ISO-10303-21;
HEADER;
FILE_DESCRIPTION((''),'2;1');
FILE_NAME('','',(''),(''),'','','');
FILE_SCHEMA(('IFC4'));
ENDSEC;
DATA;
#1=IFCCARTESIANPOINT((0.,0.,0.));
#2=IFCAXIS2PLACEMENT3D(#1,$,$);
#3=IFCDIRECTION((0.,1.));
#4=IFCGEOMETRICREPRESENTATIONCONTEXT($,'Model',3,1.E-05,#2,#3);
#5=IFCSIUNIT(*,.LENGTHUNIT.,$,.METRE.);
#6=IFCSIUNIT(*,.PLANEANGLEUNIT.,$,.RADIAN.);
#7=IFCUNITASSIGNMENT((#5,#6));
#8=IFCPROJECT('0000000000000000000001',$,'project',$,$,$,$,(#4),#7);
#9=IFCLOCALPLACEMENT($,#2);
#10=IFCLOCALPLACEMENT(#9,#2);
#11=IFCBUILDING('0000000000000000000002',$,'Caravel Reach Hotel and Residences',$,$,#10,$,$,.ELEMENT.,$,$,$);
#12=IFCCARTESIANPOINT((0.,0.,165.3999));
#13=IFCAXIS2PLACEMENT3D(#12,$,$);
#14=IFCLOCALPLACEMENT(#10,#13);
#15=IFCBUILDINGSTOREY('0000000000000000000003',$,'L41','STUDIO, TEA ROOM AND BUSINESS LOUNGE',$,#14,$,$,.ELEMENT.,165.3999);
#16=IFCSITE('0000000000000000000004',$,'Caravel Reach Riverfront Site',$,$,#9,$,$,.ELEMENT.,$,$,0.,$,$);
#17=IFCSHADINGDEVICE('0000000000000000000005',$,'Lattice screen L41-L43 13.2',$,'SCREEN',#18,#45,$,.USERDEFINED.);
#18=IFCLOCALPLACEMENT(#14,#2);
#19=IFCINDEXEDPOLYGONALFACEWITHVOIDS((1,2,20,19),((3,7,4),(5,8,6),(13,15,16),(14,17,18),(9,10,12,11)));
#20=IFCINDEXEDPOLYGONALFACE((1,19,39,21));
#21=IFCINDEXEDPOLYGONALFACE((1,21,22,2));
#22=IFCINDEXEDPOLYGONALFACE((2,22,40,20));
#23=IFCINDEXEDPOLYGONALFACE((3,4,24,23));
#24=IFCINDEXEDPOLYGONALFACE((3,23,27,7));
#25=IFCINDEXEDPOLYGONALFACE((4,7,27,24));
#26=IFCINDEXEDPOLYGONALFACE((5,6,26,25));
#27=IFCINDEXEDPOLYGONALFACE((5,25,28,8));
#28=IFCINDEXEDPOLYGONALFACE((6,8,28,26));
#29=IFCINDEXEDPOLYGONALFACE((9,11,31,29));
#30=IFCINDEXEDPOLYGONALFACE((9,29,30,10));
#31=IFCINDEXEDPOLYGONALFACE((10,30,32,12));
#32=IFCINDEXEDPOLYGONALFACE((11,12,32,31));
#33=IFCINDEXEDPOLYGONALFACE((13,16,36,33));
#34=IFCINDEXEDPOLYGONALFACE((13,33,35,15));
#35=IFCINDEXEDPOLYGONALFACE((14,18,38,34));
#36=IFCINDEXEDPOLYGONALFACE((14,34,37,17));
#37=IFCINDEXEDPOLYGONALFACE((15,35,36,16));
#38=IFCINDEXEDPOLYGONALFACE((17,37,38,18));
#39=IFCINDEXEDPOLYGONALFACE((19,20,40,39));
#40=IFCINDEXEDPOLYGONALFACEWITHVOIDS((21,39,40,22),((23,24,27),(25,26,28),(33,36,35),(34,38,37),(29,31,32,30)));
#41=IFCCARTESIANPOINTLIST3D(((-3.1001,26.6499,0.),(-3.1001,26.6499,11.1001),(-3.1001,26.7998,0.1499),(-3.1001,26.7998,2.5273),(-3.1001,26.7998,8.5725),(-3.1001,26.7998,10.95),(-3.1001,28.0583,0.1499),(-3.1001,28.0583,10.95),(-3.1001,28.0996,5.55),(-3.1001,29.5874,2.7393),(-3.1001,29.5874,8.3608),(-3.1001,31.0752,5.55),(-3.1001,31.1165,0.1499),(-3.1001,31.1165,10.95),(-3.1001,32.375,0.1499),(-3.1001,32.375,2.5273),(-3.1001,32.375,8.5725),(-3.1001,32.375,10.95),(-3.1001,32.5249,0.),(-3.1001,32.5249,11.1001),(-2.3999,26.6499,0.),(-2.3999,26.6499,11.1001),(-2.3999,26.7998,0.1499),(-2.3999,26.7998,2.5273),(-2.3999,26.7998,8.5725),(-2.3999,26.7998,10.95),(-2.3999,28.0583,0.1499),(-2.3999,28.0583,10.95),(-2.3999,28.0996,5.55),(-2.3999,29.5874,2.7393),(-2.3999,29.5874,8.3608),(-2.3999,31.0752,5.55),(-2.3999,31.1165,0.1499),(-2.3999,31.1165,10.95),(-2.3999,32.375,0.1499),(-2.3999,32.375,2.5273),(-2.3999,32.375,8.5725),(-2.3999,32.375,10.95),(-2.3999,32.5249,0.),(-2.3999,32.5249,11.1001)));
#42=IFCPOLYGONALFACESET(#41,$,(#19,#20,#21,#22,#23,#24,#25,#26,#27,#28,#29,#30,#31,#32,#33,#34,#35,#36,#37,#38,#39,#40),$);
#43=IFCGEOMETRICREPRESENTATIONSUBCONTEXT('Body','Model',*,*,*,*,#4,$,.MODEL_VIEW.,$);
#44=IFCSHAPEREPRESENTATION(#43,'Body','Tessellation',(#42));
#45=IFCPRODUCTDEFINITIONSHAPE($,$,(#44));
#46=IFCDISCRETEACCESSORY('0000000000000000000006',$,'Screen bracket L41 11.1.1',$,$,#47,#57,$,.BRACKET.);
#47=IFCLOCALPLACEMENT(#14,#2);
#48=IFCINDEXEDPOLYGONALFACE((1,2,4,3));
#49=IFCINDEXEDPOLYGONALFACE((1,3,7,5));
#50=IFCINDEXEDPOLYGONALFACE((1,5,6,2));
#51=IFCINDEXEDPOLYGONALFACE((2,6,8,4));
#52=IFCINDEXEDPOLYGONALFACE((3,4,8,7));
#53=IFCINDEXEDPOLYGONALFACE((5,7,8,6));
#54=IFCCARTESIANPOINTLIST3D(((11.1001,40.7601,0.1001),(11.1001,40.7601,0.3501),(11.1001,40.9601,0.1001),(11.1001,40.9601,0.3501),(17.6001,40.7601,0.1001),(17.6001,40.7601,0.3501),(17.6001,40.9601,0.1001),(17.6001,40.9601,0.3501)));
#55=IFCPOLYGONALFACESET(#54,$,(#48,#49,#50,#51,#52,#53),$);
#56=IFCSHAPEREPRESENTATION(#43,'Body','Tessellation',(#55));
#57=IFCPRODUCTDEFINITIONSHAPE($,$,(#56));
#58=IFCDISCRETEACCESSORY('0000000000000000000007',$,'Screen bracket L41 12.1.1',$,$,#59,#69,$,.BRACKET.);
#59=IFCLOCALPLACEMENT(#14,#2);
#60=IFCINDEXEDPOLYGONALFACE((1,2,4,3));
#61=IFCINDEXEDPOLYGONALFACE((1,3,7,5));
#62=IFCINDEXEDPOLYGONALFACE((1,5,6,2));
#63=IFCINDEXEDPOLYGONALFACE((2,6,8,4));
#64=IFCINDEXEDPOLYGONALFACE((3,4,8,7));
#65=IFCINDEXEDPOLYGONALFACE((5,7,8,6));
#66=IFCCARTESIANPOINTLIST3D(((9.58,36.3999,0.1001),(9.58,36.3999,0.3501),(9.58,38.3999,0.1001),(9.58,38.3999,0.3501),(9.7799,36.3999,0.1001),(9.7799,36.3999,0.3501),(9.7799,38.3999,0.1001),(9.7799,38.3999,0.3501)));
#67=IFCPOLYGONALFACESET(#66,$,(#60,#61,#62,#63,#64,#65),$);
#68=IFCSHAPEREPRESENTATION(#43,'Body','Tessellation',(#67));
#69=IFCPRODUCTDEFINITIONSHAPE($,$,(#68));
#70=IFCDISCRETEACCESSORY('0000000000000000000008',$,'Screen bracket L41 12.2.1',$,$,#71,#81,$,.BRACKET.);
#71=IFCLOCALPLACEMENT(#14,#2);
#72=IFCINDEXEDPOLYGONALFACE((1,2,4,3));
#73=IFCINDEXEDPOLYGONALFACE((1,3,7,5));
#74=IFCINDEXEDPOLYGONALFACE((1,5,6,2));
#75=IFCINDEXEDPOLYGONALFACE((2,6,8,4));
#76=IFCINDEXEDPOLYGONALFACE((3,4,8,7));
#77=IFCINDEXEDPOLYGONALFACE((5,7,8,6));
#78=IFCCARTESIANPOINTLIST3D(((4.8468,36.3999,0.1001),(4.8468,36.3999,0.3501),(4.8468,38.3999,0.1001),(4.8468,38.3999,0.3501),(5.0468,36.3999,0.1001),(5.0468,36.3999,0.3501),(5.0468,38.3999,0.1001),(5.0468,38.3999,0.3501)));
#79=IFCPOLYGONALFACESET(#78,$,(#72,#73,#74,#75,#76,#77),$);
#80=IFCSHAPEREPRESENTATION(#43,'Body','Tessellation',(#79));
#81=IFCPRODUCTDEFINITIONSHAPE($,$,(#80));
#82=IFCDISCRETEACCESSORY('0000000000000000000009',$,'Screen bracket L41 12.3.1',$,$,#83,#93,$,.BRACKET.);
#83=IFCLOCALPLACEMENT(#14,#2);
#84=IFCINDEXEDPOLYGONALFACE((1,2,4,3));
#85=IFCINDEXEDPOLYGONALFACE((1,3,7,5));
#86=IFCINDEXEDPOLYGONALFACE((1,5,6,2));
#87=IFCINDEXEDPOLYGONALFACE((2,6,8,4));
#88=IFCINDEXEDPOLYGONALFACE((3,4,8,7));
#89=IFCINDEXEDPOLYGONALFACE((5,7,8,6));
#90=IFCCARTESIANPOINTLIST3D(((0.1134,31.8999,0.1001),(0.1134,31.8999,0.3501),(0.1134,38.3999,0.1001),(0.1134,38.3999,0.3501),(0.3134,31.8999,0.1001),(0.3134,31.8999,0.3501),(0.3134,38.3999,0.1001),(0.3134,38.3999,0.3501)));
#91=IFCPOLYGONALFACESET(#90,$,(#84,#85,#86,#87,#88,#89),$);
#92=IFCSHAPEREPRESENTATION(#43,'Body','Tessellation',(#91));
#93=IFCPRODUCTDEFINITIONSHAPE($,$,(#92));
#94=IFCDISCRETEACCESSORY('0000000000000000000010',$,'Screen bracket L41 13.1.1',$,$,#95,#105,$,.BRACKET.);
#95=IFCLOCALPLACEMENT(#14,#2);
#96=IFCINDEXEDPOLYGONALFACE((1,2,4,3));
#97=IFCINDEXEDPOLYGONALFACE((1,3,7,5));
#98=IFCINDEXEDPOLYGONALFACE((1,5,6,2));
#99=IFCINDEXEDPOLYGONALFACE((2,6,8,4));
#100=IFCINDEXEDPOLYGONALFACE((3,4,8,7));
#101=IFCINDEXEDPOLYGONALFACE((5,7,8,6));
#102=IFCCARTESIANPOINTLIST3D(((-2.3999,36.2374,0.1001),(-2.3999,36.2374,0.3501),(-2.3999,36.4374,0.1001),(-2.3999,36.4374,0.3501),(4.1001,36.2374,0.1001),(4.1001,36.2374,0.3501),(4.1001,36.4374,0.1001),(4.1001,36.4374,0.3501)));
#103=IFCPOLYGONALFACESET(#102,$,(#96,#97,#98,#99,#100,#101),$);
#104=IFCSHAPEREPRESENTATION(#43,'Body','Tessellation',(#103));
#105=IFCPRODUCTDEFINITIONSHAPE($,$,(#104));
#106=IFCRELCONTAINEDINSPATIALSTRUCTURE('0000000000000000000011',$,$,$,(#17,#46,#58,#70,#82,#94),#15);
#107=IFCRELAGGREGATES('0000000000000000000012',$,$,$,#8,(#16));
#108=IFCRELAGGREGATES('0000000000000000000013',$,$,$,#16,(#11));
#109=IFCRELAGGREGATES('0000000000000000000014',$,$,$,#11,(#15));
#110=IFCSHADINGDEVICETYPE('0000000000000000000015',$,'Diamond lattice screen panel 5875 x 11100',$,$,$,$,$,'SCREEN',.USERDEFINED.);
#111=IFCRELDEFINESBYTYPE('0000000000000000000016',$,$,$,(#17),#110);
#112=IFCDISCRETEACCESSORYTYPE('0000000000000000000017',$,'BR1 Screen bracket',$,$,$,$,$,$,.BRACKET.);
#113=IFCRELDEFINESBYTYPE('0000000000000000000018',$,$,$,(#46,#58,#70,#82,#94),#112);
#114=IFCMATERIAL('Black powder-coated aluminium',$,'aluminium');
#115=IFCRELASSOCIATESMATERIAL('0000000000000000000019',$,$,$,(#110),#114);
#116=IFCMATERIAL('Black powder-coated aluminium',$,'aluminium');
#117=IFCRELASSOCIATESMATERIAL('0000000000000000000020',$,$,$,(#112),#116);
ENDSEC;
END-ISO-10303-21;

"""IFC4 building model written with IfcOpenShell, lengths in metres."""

from ifc_helpers import new_model, si_unit, direction, frame, origin, origin_2d, place, context, subcontext, project, spatial, polyline, rectangle, outline, extrude, material, type_object, element, save


model = new_model("IFC4")

# Units and contexts
model_context = context("Model", 3, precision=1e-05, world=origin(), true_north=direction((0.0, 1.0)))
body_context = subcontext(model_context, "Body", "Model", "MODEL_VIEW")
ifc_project = project(units=[si_unit("LENGTHUNIT", "METRE"), si_unit("PLANEANGLEUNIT", "RADIAN")], contexts=[model_context])

# Site, building, storey
site_placement = place(None, origin())
site = spatial("IfcSite", under=ifc_project, at=site_placement, Name="Caravel Reach Riverfront Site", CompositionType="ELEMENT", RefElevation=0.0)
building_placement = place(site_placement, origin())
building = spatial("IfcBuilding", under=site, at=building_placement, Name="Caravel Reach Hotel and Residences", CompositionType="ELEMENT")
storey_placement = place(building_placement, frame((0.0, 0.0, 165.3999)))
storey = spatial("IfcBuildingStorey", under=building, at=storey_placement, Name="L41", Description="STUDIO, TEA ROOM AND BUSINESS LOUNGE", CompositionType="ELEMENT", Elevation=165.3999)

# Shading device
ifc_material_1 = material(Name="Black powder-coated aluminium", Category="aluminium")
shading_device_type_1 = type_object("IfcShadingDeviceType", Name="Diamond lattice screen panel 5875 x 11100", ElementType="SCREEN", PredefinedType="USERDEFINED", material=ifc_material_1)
for number, where, z_axis, x_axis, name in (
    (1, (-2.3999, 32.5249, 0.0), (-1.0, 0.0, 0.0), (0.0, -1.0, 0.0), "Lattice screen L41-L43 13.2"),
):
    element("IfcShadingDevice", number, at=place(storey_placement, frame(where, z_axis=z_axis, x_axis=x_axis)), inside=storey, type_object=shading_device_type_1, Name=name, ObjectType="SCREEN", PredefinedType="USERDEFINED", context=body_context, shape_type="SweptSolid", body=[
        extrude(outline(polyline([(0.0, 0.0), (5.875, 0.0), (5.875, 11.1001), (0.0, 11.1001), (0.0, 0.0)]), holes=[polyline([(1.4084, 0.1499), (0.1499, 2.5273), (0.1499, 0.1499), (1.4084, 0.1499)]), polyline([(0.1499, 8.5725), (1.4084, 10.95), (0.1499, 10.95), (0.1499, 8.5725)]), polyline([(2.9375, 8.3608), (1.4497, 5.55), (2.9375, 2.7393), (4.4253, 5.55), (2.9375, 8.3608)]), polyline([(5.7251, 2.5273), (4.4666, 0.1499), (5.7251, 0.1499), (5.7251, 2.5273)]), polyline([(4.4666, 10.95), (5.7251, 8.5725), (5.7251, 10.95), (4.4666, 10.95)])]), origin(), (0.0, 0.0, 1.0), 0.7002),
    ])

# Discrete accessories
ifc_material_2 = material(Name="Black powder-coated aluminium", Category="aluminium")
discrete_accessory_type = type_object("IfcDiscreteAccessoryType", Name="BR1 Screen bracket", PredefinedType="BRACKET", material=ifc_material_2)
discrete_accessory_placement = place(storey_placement, frame((14.3501, 40.8601, 0.1001), z_axis=(0.0, 0.0, 1.0), x_axis=(-1.0, 0.0, 0.0)))
element("IfcDiscreteAccessory", 2, at=discrete_accessory_placement, inside=storey, type_object=discrete_accessory_type, Name="Screen bracket L41 11.1.1", PredefinedType="BRACKET", context=body_context, shape_type="SweptSolid", body=[
    extrude(rectangle(XDim=6.5, YDim=0.2, at=origin_2d()), origin(), (0.0, 0.0, 1.0), 0.25),
])
for number, where, z_axis, x_axis, name in (
    (3, (9.6799, 37.3999, 0.1001), (0.0, 0.0, 1.0), (0.0, 1.0, 0.0), "Screen bracket L41 12.1.1"),
    (4, (4.9468, 37.3999, 0.1001), (0.0, 0.0, 1.0), (0.0, 1.0, 0.0), "Screen bracket L41 12.2.1"),
):
    element("IfcDiscreteAccessory", number, at=place(storey_placement, frame(where, z_axis=z_axis, x_axis=x_axis)), inside=storey, type_object=discrete_accessory_type, Name=name, PredefinedType="BRACKET", context=body_context, shape_type="SweptSolid", body=[
        extrude(rectangle(XDim=2.0, YDim=0.2, at=origin_2d()), origin(), (0.0, 0.0, 1.0), 0.25),
    ])
for number, where, z_axis, x_axis, name in (
    (5, (0.2134, 35.1499, 0.1001), (0.0, 0.0, 1.0), (0.0, 1.0, 0.0), "Screen bracket L41 12.3.1"),
    (6, (0.8501, 36.3374, 0.1001), (0.0, 0.0, 1.0), (-1.0, 0.0, 0.0), "Screen bracket L41 13.1.1"),
):
    element("IfcDiscreteAccessory", number, at=place(storey_placement, frame(where, z_axis=z_axis, x_axis=x_axis)), inside=storey, type_object=discrete_accessory_type, Name=name, PredefinedType="BRACKET", context=body_context, shape_type="SweptSolid", body=[
        extrude(rectangle(XDim=6.5, YDim=0.2, at=origin_2d()), origin(), (0.0, 0.0, 1.0), 0.25),
    ])

save(model, "model.ifc")
